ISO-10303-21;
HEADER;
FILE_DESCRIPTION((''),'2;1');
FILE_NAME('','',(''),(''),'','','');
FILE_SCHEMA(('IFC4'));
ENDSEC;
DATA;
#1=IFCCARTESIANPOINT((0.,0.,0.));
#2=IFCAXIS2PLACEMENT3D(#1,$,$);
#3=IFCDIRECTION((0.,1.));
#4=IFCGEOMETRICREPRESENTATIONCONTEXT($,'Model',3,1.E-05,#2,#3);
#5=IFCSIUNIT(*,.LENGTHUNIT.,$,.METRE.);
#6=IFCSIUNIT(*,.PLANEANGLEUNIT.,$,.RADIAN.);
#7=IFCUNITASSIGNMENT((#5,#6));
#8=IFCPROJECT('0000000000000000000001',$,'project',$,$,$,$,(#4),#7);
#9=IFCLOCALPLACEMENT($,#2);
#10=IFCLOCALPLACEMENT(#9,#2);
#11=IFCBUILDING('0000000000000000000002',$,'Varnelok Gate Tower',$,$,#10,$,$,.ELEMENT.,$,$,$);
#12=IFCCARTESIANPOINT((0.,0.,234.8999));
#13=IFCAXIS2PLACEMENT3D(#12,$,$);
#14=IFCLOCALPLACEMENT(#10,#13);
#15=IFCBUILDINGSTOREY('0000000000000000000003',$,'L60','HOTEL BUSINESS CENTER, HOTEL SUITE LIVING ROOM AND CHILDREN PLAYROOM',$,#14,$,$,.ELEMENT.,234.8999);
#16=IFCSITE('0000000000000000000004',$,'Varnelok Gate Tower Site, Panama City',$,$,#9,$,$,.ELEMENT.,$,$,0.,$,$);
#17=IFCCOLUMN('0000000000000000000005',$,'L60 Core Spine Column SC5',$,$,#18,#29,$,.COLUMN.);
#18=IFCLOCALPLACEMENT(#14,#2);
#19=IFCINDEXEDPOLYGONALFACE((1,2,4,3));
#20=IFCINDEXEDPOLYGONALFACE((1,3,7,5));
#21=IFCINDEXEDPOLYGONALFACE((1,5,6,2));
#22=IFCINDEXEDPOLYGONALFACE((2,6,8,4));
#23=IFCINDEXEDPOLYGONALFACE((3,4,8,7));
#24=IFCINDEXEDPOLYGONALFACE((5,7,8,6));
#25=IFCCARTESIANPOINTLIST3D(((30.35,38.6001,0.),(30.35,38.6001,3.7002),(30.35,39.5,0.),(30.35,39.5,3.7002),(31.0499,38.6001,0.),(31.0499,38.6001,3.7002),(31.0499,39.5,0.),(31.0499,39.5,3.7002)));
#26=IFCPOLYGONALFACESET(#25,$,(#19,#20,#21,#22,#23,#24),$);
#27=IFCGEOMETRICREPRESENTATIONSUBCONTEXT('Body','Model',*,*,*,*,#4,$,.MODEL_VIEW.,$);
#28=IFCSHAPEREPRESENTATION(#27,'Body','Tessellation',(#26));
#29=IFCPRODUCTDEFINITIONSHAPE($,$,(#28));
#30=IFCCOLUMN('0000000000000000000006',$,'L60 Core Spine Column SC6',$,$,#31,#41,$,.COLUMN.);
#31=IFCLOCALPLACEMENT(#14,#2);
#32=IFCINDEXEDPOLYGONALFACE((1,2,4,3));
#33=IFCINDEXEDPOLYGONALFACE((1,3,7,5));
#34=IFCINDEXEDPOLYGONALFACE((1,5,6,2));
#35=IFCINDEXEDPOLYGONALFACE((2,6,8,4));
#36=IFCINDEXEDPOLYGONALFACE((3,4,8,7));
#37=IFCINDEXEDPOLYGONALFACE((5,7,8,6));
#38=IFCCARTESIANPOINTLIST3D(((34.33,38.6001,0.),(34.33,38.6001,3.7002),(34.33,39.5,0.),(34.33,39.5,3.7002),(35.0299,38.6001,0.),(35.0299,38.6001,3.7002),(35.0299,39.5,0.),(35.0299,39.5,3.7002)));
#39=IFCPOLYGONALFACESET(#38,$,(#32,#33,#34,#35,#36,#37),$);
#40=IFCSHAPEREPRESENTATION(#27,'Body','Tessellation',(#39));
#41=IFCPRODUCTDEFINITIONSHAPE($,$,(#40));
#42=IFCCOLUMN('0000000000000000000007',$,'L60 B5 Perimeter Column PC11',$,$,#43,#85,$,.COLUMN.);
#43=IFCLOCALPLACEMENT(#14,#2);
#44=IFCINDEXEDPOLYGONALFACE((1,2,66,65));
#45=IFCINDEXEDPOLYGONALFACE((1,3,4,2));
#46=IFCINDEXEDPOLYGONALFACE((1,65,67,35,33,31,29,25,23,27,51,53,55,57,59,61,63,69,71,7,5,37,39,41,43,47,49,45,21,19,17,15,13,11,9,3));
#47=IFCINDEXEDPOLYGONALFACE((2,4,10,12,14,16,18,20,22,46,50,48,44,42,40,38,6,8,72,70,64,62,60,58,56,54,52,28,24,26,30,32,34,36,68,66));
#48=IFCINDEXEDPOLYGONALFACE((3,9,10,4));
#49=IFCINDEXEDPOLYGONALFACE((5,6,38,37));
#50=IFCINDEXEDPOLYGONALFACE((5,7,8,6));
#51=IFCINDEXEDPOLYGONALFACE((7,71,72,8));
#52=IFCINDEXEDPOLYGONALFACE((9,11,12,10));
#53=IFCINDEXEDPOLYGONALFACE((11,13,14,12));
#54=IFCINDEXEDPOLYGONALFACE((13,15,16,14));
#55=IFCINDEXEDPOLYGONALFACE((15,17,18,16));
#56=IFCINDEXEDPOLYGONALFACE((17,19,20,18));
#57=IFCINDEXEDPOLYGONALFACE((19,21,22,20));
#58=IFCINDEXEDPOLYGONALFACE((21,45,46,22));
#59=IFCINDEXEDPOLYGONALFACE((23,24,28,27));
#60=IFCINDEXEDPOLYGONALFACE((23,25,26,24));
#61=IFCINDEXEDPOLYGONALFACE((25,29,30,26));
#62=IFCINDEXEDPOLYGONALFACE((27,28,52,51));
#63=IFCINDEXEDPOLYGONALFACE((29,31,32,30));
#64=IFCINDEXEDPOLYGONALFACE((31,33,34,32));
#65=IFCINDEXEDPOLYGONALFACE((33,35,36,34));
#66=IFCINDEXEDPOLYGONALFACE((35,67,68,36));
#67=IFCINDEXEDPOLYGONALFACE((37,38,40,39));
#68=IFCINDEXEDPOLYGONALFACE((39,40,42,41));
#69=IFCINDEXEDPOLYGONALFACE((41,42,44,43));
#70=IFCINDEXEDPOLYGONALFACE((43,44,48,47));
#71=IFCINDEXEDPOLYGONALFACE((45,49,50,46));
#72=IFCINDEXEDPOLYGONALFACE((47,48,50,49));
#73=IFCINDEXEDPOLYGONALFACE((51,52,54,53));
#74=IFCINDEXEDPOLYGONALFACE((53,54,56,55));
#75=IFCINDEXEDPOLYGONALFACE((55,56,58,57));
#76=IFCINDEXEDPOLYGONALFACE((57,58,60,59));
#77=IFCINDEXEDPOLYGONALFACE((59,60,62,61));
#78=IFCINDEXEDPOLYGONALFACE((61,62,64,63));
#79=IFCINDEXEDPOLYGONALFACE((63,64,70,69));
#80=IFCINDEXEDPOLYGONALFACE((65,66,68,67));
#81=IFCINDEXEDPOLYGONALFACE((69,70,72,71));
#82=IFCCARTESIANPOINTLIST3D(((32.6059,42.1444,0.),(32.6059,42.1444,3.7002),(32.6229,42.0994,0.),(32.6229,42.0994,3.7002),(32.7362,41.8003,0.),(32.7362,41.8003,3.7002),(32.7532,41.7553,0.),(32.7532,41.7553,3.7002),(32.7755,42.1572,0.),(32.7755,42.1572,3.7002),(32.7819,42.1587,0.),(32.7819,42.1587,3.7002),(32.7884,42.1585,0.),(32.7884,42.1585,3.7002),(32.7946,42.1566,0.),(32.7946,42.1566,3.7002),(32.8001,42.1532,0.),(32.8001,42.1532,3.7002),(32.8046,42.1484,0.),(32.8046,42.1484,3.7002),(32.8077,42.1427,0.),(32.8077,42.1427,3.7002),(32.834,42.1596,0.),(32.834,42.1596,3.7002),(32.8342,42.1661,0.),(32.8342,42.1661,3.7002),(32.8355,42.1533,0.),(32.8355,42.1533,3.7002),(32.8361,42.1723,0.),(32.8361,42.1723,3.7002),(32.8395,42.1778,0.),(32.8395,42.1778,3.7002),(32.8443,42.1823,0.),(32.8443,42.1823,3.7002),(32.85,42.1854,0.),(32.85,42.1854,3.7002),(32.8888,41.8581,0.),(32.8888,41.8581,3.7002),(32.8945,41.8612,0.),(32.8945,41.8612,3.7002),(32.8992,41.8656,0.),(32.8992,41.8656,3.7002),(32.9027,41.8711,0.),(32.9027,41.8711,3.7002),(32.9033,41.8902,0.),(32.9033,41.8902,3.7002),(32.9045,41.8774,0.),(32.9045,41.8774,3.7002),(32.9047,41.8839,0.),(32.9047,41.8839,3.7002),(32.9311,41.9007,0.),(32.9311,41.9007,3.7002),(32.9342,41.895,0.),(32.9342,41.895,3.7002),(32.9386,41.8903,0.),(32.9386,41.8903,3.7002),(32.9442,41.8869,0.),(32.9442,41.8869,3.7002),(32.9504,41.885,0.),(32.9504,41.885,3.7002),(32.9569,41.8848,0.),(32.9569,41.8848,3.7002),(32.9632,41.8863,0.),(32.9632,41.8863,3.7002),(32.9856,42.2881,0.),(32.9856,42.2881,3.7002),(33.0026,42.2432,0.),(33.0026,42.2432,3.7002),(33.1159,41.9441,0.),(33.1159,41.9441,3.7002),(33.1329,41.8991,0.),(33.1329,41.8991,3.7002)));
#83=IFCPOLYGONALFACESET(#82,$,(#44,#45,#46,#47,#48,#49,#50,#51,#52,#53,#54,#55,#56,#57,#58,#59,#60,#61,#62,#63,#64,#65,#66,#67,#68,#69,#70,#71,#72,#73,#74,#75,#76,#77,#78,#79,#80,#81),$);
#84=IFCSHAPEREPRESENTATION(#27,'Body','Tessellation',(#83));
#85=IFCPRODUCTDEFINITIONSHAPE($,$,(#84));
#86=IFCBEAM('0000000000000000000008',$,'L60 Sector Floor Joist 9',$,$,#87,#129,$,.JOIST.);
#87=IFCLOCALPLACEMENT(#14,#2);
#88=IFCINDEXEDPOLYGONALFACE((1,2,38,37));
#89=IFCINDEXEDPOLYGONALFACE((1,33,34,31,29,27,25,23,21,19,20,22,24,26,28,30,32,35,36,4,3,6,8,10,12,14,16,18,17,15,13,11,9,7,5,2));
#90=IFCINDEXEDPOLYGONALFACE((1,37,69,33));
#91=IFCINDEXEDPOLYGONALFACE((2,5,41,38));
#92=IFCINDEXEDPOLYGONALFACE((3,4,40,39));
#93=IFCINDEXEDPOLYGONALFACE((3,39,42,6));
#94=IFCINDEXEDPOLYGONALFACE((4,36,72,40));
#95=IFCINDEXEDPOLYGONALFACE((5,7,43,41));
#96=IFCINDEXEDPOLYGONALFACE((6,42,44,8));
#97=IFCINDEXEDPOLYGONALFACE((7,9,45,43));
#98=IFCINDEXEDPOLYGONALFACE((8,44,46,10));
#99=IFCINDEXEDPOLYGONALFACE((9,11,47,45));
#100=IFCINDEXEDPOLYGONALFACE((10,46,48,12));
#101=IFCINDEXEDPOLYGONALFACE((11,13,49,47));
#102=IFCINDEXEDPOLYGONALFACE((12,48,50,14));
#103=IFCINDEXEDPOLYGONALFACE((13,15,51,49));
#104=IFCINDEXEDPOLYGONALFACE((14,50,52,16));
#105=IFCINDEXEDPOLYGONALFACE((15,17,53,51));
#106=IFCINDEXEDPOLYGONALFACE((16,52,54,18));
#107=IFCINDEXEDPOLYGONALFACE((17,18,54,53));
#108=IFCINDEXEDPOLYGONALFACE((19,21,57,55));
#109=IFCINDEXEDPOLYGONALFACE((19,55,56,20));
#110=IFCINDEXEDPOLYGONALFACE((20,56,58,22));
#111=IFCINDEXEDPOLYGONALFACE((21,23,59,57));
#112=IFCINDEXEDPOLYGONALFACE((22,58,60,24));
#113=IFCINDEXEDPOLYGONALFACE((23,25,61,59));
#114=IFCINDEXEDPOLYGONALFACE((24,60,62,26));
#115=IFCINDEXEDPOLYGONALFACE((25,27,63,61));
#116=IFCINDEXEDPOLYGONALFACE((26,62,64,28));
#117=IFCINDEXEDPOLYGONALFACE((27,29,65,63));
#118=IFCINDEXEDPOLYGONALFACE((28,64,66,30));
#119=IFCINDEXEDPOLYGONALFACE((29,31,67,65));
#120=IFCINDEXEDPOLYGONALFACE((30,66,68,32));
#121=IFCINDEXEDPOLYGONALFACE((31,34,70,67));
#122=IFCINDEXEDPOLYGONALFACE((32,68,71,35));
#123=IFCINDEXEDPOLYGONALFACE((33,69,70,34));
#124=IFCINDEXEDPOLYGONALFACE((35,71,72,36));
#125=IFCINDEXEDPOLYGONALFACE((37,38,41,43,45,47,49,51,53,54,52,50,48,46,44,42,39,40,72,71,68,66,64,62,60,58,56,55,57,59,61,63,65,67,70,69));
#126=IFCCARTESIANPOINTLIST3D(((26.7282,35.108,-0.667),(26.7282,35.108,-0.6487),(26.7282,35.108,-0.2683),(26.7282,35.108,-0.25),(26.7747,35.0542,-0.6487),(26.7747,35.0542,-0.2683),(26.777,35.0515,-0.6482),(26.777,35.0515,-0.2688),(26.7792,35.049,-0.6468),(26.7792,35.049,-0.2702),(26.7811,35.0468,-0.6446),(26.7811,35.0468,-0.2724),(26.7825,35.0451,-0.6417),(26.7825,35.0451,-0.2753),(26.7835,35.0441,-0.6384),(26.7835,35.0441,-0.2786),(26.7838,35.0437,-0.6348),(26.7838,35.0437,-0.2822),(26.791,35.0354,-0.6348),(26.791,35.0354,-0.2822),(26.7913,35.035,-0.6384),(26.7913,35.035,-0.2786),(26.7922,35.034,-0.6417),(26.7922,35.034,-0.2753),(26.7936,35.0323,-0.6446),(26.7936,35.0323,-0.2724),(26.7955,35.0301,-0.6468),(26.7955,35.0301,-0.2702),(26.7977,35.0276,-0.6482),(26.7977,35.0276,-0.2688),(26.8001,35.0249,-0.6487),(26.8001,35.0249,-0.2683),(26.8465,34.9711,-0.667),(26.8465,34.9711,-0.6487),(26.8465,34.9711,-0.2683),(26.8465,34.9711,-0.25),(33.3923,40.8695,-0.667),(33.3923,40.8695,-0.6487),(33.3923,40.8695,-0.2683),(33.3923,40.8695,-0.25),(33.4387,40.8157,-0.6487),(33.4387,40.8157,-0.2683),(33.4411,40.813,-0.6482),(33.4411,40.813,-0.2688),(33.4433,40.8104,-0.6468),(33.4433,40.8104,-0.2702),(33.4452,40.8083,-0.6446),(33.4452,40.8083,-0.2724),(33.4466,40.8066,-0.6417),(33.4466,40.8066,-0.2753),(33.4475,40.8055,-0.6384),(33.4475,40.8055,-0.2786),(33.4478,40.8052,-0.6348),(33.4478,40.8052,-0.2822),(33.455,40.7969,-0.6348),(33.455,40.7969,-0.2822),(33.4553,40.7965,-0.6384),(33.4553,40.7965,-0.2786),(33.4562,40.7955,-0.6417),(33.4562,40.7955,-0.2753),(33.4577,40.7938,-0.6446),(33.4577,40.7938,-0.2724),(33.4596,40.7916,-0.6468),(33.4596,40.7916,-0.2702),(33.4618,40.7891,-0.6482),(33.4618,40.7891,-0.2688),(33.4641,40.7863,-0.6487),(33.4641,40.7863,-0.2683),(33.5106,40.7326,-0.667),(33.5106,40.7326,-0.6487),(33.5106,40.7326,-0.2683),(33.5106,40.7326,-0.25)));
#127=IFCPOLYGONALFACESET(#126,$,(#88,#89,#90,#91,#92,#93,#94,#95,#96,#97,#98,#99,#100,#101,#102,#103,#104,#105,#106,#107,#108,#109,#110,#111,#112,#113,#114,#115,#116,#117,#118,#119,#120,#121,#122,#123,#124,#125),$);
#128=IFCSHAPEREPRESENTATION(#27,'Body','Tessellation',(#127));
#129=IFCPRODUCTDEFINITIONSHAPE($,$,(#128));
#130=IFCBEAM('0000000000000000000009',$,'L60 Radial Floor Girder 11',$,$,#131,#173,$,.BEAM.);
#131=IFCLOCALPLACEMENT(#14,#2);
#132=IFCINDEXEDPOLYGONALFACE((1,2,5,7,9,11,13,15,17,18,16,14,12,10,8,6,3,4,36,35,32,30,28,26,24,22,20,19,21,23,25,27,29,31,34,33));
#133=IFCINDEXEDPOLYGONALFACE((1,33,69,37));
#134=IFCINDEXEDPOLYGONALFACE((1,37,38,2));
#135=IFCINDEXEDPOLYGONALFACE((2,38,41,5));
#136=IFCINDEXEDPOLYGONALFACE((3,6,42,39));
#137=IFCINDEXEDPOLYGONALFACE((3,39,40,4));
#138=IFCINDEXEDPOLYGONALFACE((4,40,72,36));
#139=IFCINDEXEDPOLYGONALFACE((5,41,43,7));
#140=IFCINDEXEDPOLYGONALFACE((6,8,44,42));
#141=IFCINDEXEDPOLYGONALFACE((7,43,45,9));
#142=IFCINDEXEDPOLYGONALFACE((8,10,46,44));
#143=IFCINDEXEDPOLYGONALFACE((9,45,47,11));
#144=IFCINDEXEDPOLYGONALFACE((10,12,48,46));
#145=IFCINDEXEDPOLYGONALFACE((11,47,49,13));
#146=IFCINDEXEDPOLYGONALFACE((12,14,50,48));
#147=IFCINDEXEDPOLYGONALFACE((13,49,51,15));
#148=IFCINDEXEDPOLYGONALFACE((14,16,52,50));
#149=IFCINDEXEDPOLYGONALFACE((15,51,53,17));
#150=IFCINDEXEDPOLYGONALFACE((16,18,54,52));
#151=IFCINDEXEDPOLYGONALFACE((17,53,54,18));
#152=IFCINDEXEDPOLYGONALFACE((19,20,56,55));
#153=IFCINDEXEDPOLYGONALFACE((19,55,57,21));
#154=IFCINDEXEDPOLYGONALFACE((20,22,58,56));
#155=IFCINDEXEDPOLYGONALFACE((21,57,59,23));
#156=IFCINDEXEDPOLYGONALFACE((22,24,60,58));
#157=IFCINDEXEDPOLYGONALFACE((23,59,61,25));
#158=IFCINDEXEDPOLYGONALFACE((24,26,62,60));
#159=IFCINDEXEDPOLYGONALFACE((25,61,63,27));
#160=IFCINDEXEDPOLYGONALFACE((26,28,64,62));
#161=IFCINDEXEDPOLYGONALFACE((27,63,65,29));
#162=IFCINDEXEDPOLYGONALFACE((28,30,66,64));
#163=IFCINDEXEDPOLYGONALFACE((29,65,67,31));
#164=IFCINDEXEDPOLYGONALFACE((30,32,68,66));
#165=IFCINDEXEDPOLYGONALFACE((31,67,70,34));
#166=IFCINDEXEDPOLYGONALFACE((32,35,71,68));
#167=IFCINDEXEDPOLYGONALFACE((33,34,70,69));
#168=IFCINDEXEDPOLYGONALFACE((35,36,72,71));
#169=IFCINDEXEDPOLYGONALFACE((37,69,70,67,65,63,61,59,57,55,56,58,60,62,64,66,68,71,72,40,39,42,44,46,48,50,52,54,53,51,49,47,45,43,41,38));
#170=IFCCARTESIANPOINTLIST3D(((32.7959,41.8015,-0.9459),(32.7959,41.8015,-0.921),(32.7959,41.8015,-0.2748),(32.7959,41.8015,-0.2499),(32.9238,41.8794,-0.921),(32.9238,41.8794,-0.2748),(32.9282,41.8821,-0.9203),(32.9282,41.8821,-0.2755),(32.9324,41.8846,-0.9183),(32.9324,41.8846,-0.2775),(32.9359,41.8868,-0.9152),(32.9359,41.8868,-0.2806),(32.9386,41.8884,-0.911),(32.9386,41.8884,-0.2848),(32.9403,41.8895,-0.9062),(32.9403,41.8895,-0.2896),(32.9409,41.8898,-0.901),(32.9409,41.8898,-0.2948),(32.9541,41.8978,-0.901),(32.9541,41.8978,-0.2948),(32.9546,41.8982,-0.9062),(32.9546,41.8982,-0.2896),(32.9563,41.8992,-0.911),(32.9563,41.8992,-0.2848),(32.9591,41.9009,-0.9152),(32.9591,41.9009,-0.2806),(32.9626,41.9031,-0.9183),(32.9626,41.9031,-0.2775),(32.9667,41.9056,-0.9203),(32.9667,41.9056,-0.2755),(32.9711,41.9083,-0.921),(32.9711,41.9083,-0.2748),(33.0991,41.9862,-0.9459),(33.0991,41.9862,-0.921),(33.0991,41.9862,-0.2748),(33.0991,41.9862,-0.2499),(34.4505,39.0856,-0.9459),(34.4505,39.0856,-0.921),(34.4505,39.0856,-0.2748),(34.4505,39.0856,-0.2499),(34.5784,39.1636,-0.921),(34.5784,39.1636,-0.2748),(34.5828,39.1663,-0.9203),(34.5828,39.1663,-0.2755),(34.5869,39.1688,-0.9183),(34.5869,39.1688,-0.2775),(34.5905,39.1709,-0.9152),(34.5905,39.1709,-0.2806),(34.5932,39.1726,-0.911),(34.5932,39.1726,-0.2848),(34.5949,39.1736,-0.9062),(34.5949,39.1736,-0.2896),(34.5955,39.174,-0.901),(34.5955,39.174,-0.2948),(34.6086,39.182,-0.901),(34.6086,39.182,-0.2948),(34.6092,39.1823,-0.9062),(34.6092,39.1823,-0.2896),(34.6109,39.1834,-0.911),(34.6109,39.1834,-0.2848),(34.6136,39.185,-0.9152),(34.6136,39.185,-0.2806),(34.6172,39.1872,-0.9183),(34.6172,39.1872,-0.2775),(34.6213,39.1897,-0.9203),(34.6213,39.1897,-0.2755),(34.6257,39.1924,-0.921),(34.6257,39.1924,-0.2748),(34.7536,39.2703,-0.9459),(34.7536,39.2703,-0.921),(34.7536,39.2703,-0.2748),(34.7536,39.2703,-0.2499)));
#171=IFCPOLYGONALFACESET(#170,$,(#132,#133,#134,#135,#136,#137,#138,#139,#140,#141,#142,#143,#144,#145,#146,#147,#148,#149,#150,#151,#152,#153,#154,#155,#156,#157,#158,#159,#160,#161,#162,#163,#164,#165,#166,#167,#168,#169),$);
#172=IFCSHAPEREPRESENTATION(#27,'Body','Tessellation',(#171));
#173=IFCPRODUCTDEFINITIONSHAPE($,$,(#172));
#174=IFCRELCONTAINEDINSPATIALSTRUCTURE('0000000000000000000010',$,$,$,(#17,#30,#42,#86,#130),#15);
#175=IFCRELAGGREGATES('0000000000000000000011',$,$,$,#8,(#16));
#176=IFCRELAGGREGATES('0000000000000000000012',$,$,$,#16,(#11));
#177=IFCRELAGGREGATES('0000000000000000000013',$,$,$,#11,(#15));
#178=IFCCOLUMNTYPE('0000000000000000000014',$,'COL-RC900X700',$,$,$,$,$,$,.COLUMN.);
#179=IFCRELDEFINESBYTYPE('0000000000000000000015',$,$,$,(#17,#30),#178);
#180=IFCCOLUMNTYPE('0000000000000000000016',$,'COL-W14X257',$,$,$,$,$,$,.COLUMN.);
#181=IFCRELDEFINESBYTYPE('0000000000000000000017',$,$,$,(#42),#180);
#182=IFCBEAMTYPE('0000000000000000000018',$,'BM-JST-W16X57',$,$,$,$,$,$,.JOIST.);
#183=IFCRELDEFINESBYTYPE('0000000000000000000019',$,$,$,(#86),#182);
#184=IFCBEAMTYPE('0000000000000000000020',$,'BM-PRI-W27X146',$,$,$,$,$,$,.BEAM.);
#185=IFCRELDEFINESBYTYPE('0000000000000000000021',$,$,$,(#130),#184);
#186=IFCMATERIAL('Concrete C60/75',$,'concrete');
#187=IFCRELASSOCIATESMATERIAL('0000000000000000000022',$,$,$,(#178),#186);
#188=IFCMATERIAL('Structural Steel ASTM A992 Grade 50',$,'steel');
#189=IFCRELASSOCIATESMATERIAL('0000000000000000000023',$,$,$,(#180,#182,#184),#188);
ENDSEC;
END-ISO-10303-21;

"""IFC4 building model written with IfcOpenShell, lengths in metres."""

from ifc_helpers import new_model, si_unit, direction, frame, origin, origin_2d, place, context, subcontext, project, spatial, rectangle, i_section, extrude, material, material_profile, profile_set, type_object, element, save


model = new_model("IFC4")

# Units and contexts
model_context = context("Model", 3, precision=1e-05, world=origin(), true_north=direction((0.0, 1.0)))
body_context = subcontext(model_context, "Body", "Model", "MODEL_VIEW")
ifc_project = project(units=[si_unit("LENGTHUNIT", "METRE"), si_unit("PLANEANGLEUNIT", "RADIAN")], contexts=[model_context])

# Site, building, storey
site_placement = place(None, origin())
site = spatial("IfcSite", under=ifc_project, at=site_placement, Name="Varnelok Gate Tower Site, Panama City", CompositionType="ELEMENT", RefElevation=0.0)
building_placement = place(site_placement, origin())
building = spatial("IfcBuilding", under=site, at=building_placement, Name="Varnelok Gate Tower", CompositionType="ELEMENT")
storey_placement = place(building_placement, frame((0.0, 0.0, 234.8999)))
storey = spatial("IfcBuildingStorey", under=building, at=storey_placement, Name="L60", Description="HOTEL BUSINESS CENTER, HOTEL SUITE LIVING ROOM AND CHILDREN PLAYROOM", CompositionType="ELEMENT", Elevation=234.8999)

# Columns
ifc_material_1 = material(Name="Concrete C60/75", Category="concrete")
ifc_material_profile_1 = material_profile(ifc_material_1, rectangle(XDim=0.7, YDim=0.8999, at=origin_2d()), Name="RC900X700")
ifc_profile_set_1 = profile_set([ifc_material_profile_1], Name="Concrete C60/75")
column_type_1 = type_object("IfcColumnType", Name="COL-RC900X700", PredefinedType="COLUMN", material=ifc_profile_set_1)
for number, where, z_axis, x_axis, name in (
    (1, (30.7, 39.05, 0.0), (0.0, 0.0, 1.0), (1.0, 0.0, 0.0), "L60 Core Spine Column SC5"),
    (2, (34.6799, 39.05, 0.0), (0.0, 0.0, 1.0), (1.0, 0.0, 0.0), "L60 Core Spine Column SC6"),
):
    element("IfcColumn", number, at=place(storey_placement, frame(where, z_axis=z_axis, x_axis=x_axis)), inside=storey, type_object=column_type_1, Name=name, PredefinedType="COLUMN", context=body_context, shape_type="SweptSolid", body=[
        extrude(rectangle(XDim=0.7, YDim=0.8999, at=origin_2d()), origin(), (0.0, 0.0, 1.0), 3.7002),
    ])
ifc_material_2 = material(Name="Structural Steel ASTM A992 Grade 50", Category="steel")
ifc_material_profile_2 = material_profile(ifc_material_2, i_section(OverallWidth=0.406, OverallDepth=0.416, WebThickness=0.0298, FlangeThickness=0.0481, FilletRadius=0.0249, at=origin_2d()), Name="W14X257")
ifc_profile_set_2 = profile_set([ifc_material_profile_2], Name="Structural Steel ASTM A992 Grade 50")
column_type_2 = type_object("IfcColumnType", Name="COL-W14X257", PredefinedType="COLUMN", material=ifc_profile_set_2)
column_placement = place(storey_placement, frame((32.8694, 42.0217, 0.0), z_axis=(0.0, 0.0, 1.0), x_axis=(0.935222, 0.354063, 0.0)))
element("IfcColumn", 3, at=column_placement, inside=storey, type_object=column_type_2, Name="L60 B5 Perimeter Column PC11", PredefinedType="COLUMN", context=body_context, shape_type="SweptSolid", body=[
    extrude(i_section(OverallWidth=0.406, OverallDepth=0.416, WebThickness=0.0298, FlangeThickness=0.0481, FilletRadius=0.0249, at=origin_2d()), origin(), (0.0, 0.0, 1.0), 3.7002),
])

# Beams
ifc_material_profile_3 = material_profile(ifc_material_2, i_section(OverallWidth=0.1809, OverallDepth=0.417, WebThickness=0.011, FlangeThickness=0.0183, FilletRadius=0.0139, at=origin_2d()), Name="W16X57")
ifc_profile_set_3 = profile_set([ifc_material_profile_3], Name="Structural Steel ASTM A992 Grade 50")
beam_type_1 = type_object("IfcBeamType", Name="BM-JST-W16X57", PredefinedType="JOIST", material=ifc_profile_set_3)
beam_1_placement = place(storey_placement, frame((33.4514, 40.801, -0.4585), z_axis=(-0.756478, -0.65402, 0.0), x_axis=(0.65402, -0.756478, 0.0)))
element("IfcBeam", 4, at=beam_1_placement, inside=storey, type_object=beam_type_1, Name="L60 Sector Floor Joist 9", PredefinedType="JOIST", context=body_context, shape_type="SweptSolid", body=[
    extrude(i_section(OverallWidth=0.1809, OverallDepth=0.417, WebThickness=0.011, FlangeThickness=0.0183, FilletRadius=0.0139, at=origin_2d()), origin(), (0.0, 0.0, 1.0), 8.8093),
])
ifc_material_profile_4 = material_profile(ifc_material_2, i_section(OverallWidth=0.355, OverallDepth=0.696, WebThickness=0.0154, FlangeThickness=0.0249, FilletRadius=0.02, at=origin_2d()), Name="W27X146")
ifc_profile_set_4 = profile_set([ifc_material_profile_4], Name="Structural Steel ASTM A992 Grade 50")
beam_type_2 = type_object("IfcBeamType", Name="BM-PRI-W27X146", PredefinedType="BEAM", material=ifc_profile_set_4)
beam_2_placement = place(storey_placement, frame((34.6021, 39.178, -0.5979), z_axis=(-0.520276, 0.853998, 0.0), x_axis=(-0.853998, -0.520276, 0.0)))
element("IfcBeam", 5, at=beam_2_placement, inside=storey, type_object=beam_type_2, Name="L60 Radial Floor Girder 11", PredefinedType="BEAM", context=body_context, shape_type="SweptSolid", body=[
    extrude(i_section(OverallWidth=0.355, OverallDepth=0.696, WebThickness=0.0154, FlangeThickness=0.0249, FilletRadius=0.02, at=origin_2d()), origin(), (0.0, 0.0, 1.0), 3.1802),
])

save(model, "model.ifc")
